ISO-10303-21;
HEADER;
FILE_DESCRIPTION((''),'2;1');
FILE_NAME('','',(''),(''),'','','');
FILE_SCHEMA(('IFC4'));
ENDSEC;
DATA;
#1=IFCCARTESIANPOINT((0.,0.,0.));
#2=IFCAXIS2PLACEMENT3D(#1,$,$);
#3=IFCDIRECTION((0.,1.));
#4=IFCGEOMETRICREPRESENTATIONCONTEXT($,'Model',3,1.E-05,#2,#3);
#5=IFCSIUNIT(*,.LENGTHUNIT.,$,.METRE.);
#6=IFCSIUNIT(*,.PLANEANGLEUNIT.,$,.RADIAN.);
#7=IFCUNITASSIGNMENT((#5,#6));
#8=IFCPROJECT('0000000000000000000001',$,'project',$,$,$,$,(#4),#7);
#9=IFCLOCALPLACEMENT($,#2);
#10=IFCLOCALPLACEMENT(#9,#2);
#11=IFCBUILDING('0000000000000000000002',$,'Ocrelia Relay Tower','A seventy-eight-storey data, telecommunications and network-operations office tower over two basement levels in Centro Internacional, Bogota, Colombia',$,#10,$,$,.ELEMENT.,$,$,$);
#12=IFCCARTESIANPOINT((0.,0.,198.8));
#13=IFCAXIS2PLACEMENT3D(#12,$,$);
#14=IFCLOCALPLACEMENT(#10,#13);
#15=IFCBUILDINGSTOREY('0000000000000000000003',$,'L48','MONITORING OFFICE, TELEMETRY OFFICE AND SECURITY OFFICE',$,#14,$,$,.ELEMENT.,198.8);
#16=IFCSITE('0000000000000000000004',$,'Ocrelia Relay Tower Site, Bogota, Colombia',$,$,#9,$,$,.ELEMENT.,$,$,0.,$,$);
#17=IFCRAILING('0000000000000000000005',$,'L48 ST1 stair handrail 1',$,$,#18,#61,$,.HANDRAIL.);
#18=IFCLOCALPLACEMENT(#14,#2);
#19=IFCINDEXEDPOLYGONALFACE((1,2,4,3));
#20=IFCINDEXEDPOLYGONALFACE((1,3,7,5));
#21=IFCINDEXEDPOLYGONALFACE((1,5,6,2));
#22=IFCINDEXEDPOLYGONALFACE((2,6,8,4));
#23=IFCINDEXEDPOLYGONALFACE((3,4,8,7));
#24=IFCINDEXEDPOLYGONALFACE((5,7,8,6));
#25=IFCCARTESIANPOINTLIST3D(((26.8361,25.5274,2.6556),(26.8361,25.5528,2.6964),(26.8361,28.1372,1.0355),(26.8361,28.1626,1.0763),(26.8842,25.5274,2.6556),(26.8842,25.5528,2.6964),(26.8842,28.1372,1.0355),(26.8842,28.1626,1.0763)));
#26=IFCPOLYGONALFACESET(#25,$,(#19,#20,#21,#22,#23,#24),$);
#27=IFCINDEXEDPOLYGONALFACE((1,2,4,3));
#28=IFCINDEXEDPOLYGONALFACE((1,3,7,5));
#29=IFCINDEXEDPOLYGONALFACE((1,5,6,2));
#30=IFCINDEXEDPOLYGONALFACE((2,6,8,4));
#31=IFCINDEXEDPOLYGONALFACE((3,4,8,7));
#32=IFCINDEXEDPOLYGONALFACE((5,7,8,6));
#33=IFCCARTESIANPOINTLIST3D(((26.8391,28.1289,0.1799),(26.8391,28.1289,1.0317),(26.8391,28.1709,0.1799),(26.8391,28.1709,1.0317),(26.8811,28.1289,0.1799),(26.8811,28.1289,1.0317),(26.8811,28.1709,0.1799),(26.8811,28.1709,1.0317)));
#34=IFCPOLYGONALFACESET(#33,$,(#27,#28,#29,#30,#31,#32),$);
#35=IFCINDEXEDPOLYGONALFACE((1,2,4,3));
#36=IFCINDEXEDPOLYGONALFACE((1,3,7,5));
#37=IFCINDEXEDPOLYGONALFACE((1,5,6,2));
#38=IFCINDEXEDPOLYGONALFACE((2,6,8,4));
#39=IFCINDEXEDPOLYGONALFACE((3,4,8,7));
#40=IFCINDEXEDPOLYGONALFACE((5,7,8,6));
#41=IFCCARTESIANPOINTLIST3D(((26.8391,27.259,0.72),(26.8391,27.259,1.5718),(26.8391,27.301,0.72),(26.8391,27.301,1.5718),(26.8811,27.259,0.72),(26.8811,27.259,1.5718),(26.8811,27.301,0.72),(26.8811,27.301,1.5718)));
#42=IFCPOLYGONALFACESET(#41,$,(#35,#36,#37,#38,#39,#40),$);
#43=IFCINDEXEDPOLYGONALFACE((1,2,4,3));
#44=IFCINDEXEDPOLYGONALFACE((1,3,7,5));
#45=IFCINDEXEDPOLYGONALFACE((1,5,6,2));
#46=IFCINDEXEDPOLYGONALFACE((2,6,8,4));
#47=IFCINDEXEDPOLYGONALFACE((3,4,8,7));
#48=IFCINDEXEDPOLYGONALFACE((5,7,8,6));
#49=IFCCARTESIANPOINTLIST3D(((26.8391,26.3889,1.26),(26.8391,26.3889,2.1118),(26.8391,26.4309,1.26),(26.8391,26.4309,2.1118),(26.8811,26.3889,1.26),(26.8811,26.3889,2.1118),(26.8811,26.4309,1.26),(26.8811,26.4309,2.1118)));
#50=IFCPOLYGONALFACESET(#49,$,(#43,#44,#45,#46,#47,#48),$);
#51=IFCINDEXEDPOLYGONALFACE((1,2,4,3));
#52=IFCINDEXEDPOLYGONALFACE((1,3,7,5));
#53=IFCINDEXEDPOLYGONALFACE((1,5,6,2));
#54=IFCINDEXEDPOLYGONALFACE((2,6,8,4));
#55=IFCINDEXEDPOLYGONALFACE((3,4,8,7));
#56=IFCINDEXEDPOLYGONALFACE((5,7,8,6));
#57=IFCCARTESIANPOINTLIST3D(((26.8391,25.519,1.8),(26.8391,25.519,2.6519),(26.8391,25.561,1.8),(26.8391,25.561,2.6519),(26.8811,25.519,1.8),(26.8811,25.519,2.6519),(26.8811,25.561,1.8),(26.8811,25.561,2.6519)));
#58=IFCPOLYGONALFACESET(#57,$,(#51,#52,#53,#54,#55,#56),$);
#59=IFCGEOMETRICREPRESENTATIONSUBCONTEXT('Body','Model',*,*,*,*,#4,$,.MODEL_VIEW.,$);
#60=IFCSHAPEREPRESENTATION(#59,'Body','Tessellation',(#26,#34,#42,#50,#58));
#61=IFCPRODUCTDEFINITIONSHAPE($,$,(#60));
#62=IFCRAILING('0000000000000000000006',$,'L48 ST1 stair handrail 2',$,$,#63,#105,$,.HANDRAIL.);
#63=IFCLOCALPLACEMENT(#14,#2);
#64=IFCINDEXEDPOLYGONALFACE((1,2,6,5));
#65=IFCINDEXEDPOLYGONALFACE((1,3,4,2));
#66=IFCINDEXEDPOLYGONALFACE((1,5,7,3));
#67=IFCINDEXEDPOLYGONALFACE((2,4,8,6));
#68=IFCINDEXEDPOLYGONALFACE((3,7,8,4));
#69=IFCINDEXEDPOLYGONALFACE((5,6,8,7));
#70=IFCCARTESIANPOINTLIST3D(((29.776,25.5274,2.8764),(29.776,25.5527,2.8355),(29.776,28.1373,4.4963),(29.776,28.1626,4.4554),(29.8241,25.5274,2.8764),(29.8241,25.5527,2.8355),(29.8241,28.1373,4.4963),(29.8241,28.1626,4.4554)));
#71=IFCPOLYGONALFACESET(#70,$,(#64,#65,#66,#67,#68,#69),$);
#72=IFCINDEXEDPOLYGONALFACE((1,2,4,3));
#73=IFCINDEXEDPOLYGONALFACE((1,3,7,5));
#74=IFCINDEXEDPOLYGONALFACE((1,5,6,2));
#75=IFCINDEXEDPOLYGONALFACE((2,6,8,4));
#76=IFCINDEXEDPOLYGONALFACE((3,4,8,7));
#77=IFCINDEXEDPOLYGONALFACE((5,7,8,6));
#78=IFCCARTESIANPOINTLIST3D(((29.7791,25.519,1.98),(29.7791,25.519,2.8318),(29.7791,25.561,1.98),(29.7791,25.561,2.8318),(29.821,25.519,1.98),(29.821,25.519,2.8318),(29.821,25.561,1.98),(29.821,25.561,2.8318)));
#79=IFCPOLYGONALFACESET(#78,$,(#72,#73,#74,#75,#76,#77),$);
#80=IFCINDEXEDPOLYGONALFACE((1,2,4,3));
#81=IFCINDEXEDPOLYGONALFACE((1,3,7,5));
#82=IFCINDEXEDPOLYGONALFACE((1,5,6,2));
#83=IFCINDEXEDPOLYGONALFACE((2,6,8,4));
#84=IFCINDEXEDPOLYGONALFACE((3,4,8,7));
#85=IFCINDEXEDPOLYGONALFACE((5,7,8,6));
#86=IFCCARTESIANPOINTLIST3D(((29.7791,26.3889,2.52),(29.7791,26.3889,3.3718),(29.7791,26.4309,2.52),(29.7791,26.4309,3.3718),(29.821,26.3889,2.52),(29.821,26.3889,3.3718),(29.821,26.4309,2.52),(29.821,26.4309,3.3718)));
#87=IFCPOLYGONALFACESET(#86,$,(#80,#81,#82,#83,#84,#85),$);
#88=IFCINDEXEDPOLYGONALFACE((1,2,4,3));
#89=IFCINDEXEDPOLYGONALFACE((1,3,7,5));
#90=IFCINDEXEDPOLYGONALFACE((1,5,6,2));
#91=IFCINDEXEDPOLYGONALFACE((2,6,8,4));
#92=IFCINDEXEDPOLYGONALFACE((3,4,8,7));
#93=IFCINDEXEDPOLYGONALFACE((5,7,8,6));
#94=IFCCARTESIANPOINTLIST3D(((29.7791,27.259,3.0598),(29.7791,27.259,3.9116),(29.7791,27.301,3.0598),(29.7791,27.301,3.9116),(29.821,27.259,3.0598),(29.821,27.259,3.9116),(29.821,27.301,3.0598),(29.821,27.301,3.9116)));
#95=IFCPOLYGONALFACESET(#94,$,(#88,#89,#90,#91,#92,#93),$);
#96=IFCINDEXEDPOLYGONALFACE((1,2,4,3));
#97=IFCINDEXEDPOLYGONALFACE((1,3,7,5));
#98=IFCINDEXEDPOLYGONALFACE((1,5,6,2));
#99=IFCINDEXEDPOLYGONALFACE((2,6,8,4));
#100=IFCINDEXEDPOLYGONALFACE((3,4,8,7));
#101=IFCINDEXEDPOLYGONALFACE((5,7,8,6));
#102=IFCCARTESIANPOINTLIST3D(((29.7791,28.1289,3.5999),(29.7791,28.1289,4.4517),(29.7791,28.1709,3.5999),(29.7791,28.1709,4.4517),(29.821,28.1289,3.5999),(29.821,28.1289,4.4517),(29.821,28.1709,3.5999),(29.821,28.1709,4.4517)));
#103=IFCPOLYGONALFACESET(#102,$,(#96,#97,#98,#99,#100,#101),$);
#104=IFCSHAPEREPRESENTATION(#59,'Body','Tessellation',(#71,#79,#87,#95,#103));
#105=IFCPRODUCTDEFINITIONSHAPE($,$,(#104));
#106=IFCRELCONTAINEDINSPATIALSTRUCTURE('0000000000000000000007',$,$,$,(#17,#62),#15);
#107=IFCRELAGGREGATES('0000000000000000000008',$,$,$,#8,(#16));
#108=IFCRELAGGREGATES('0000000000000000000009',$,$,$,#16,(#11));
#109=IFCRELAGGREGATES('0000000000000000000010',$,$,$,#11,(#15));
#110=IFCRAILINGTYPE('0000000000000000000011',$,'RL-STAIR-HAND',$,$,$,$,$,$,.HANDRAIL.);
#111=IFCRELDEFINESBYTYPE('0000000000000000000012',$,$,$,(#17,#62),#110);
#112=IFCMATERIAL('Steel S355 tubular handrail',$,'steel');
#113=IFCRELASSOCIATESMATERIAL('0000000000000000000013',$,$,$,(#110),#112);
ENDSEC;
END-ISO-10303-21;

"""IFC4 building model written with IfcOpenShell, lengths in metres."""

from ifc_helpers import new_model, si_unit, direction, frame, origin, origin_2d, place, context, subcontext, project, spatial, rectangle, extrude, material, type_object, element, save


model = new_model("IFC4")

# Units and contexts
model_context = context("Model", 3, precision=1e-05, world=origin(), true_north=direction((0.0, 1.0)))
body_context = subcontext(model_context, "Body", "Model", "MODEL_VIEW")
ifc_project = project(units=[si_unit("LENGTHUNIT", "METRE"), si_unit("PLANEANGLEUNIT", "RADIAN")], contexts=[model_context])

# Site, building, storey
site_placement = place(None, origin())
site = spatial("IfcSite", under=ifc_project, at=site_placement, Name="Ocrelia Relay Tower Site, Bogota, Colombia", CompositionType="ELEMENT", RefElevation=0.0)
building_placement = place(site_placement, origin())
building = spatial("IfcBuilding", under=site, at=building_placement, Name="Ocrelia Relay Tower", Description="A seventy-eight-storey data, telecommunications and network-operations office tower over two basement levels in Centro Internacional, Bogota, Colombia", CompositionType="ELEMENT")
storey_placement = place(building_placement, frame((0.0, 0.0, 198.8)))
storey = spatial("IfcBuildingStorey", under=building, at=storey_placement, Name="L48", Description="MONITORING OFFICE, TELEMETRY OFFICE AND SECURITY OFFICE", CompositionType="ELEMENT", Elevation=198.8)

# Railings
ifc_material_1 = material(Name="Steel S355 tubular handrail", Category="steel")
railing_type_1 = type_object("IfcRailingType", Name="RL-STAIR-HAND", PredefinedType="HANDRAIL", material=ifc_material_1)
railing_1_placement = place(storey_placement, frame((26.8601, 28.1499, 0.1799)))
element("IfcRailing", 1, at=railing_1_placement, inside=storey, type_object=railing_type_1, Name="L48 ST1 stair handrail 1", PredefinedType="HANDRAIL", context=body_context, shape_type="SweptSolid", body=[
    extrude(rectangle(XDim=0.0481, YDim=0.0481, at=origin_2d()), frame((0.0, 0.0, 0.876), z_axis=(0.0, -0.849611, 0.52741), x_axis=(1.0, 0.0, 0.0)), (0.0, 0.0, 1.0), 3.0718),
    extrude(rectangle(XDim=0.042, YDim=0.042, at=origin_2d()), origin(), (0.0, 0.0, 1.0), 0.8518),
    extrude(rectangle(XDim=0.042, YDim=0.042, at=origin_2d()), frame((0.0, -0.8699, 0.54)), (0.0, 0.0, 1.0), 0.8518),
    extrude(rectangle(XDim=0.042, YDim=0.042, at=origin_2d()), frame((0.0, -1.74, 1.0801)), (0.0, 0.0, 1.0), 0.8518),
    extrude(rectangle(XDim=0.042, YDim=0.042, at=origin_2d()), frame((0.0, -2.6099, 1.6201)), (0.0, 0.0, 1.0), 0.8518),
])
railing_2_placement = place(storey_placement, frame((29.8, 25.54, 1.98)))
element("IfcRailing", 2, at=railing_2_placement, inside=storey, type_object=railing_type_1, Name="L48 ST1 stair handrail 2", PredefinedType="HANDRAIL", context=body_context, shape_type="SweptSolid", body=[
    extrude(rectangle(XDim=0.0481, YDim=0.0481, at=origin_2d()), frame((0.0, 0.0, 0.876), z_axis=(0.0, 0.849646, 0.527353), x_axis=(-1.0, 0.0, 0.0)), (0.0, 0.0, 1.0), 3.0718),
    extrude(rectangle(XDim=0.042, YDim=0.042, at=origin_2d()), origin(), (0.0, 0.0, 1.0), 0.8518),
    extrude(rectangle(XDim=0.042, YDim=0.042, at=origin_2d()), frame((0.0, 0.8699, 0.54)), (0.0, 0.0, 1.0), 0.8518),
    extrude(rectangle(XDim=0.042, YDim=0.042, at=origin_2d()), frame((0.0, 1.74, 1.0798)), (0.0, 0.0, 1.0), 0.8518),
    extrude(rectangle(XDim=0.042, YDim=0.042, at=origin_2d()), frame((0.0, 2.6099, 1.6199)), (0.0, 0.0, 1.0), 0.8518),
])

save(model, "model.ifc")
